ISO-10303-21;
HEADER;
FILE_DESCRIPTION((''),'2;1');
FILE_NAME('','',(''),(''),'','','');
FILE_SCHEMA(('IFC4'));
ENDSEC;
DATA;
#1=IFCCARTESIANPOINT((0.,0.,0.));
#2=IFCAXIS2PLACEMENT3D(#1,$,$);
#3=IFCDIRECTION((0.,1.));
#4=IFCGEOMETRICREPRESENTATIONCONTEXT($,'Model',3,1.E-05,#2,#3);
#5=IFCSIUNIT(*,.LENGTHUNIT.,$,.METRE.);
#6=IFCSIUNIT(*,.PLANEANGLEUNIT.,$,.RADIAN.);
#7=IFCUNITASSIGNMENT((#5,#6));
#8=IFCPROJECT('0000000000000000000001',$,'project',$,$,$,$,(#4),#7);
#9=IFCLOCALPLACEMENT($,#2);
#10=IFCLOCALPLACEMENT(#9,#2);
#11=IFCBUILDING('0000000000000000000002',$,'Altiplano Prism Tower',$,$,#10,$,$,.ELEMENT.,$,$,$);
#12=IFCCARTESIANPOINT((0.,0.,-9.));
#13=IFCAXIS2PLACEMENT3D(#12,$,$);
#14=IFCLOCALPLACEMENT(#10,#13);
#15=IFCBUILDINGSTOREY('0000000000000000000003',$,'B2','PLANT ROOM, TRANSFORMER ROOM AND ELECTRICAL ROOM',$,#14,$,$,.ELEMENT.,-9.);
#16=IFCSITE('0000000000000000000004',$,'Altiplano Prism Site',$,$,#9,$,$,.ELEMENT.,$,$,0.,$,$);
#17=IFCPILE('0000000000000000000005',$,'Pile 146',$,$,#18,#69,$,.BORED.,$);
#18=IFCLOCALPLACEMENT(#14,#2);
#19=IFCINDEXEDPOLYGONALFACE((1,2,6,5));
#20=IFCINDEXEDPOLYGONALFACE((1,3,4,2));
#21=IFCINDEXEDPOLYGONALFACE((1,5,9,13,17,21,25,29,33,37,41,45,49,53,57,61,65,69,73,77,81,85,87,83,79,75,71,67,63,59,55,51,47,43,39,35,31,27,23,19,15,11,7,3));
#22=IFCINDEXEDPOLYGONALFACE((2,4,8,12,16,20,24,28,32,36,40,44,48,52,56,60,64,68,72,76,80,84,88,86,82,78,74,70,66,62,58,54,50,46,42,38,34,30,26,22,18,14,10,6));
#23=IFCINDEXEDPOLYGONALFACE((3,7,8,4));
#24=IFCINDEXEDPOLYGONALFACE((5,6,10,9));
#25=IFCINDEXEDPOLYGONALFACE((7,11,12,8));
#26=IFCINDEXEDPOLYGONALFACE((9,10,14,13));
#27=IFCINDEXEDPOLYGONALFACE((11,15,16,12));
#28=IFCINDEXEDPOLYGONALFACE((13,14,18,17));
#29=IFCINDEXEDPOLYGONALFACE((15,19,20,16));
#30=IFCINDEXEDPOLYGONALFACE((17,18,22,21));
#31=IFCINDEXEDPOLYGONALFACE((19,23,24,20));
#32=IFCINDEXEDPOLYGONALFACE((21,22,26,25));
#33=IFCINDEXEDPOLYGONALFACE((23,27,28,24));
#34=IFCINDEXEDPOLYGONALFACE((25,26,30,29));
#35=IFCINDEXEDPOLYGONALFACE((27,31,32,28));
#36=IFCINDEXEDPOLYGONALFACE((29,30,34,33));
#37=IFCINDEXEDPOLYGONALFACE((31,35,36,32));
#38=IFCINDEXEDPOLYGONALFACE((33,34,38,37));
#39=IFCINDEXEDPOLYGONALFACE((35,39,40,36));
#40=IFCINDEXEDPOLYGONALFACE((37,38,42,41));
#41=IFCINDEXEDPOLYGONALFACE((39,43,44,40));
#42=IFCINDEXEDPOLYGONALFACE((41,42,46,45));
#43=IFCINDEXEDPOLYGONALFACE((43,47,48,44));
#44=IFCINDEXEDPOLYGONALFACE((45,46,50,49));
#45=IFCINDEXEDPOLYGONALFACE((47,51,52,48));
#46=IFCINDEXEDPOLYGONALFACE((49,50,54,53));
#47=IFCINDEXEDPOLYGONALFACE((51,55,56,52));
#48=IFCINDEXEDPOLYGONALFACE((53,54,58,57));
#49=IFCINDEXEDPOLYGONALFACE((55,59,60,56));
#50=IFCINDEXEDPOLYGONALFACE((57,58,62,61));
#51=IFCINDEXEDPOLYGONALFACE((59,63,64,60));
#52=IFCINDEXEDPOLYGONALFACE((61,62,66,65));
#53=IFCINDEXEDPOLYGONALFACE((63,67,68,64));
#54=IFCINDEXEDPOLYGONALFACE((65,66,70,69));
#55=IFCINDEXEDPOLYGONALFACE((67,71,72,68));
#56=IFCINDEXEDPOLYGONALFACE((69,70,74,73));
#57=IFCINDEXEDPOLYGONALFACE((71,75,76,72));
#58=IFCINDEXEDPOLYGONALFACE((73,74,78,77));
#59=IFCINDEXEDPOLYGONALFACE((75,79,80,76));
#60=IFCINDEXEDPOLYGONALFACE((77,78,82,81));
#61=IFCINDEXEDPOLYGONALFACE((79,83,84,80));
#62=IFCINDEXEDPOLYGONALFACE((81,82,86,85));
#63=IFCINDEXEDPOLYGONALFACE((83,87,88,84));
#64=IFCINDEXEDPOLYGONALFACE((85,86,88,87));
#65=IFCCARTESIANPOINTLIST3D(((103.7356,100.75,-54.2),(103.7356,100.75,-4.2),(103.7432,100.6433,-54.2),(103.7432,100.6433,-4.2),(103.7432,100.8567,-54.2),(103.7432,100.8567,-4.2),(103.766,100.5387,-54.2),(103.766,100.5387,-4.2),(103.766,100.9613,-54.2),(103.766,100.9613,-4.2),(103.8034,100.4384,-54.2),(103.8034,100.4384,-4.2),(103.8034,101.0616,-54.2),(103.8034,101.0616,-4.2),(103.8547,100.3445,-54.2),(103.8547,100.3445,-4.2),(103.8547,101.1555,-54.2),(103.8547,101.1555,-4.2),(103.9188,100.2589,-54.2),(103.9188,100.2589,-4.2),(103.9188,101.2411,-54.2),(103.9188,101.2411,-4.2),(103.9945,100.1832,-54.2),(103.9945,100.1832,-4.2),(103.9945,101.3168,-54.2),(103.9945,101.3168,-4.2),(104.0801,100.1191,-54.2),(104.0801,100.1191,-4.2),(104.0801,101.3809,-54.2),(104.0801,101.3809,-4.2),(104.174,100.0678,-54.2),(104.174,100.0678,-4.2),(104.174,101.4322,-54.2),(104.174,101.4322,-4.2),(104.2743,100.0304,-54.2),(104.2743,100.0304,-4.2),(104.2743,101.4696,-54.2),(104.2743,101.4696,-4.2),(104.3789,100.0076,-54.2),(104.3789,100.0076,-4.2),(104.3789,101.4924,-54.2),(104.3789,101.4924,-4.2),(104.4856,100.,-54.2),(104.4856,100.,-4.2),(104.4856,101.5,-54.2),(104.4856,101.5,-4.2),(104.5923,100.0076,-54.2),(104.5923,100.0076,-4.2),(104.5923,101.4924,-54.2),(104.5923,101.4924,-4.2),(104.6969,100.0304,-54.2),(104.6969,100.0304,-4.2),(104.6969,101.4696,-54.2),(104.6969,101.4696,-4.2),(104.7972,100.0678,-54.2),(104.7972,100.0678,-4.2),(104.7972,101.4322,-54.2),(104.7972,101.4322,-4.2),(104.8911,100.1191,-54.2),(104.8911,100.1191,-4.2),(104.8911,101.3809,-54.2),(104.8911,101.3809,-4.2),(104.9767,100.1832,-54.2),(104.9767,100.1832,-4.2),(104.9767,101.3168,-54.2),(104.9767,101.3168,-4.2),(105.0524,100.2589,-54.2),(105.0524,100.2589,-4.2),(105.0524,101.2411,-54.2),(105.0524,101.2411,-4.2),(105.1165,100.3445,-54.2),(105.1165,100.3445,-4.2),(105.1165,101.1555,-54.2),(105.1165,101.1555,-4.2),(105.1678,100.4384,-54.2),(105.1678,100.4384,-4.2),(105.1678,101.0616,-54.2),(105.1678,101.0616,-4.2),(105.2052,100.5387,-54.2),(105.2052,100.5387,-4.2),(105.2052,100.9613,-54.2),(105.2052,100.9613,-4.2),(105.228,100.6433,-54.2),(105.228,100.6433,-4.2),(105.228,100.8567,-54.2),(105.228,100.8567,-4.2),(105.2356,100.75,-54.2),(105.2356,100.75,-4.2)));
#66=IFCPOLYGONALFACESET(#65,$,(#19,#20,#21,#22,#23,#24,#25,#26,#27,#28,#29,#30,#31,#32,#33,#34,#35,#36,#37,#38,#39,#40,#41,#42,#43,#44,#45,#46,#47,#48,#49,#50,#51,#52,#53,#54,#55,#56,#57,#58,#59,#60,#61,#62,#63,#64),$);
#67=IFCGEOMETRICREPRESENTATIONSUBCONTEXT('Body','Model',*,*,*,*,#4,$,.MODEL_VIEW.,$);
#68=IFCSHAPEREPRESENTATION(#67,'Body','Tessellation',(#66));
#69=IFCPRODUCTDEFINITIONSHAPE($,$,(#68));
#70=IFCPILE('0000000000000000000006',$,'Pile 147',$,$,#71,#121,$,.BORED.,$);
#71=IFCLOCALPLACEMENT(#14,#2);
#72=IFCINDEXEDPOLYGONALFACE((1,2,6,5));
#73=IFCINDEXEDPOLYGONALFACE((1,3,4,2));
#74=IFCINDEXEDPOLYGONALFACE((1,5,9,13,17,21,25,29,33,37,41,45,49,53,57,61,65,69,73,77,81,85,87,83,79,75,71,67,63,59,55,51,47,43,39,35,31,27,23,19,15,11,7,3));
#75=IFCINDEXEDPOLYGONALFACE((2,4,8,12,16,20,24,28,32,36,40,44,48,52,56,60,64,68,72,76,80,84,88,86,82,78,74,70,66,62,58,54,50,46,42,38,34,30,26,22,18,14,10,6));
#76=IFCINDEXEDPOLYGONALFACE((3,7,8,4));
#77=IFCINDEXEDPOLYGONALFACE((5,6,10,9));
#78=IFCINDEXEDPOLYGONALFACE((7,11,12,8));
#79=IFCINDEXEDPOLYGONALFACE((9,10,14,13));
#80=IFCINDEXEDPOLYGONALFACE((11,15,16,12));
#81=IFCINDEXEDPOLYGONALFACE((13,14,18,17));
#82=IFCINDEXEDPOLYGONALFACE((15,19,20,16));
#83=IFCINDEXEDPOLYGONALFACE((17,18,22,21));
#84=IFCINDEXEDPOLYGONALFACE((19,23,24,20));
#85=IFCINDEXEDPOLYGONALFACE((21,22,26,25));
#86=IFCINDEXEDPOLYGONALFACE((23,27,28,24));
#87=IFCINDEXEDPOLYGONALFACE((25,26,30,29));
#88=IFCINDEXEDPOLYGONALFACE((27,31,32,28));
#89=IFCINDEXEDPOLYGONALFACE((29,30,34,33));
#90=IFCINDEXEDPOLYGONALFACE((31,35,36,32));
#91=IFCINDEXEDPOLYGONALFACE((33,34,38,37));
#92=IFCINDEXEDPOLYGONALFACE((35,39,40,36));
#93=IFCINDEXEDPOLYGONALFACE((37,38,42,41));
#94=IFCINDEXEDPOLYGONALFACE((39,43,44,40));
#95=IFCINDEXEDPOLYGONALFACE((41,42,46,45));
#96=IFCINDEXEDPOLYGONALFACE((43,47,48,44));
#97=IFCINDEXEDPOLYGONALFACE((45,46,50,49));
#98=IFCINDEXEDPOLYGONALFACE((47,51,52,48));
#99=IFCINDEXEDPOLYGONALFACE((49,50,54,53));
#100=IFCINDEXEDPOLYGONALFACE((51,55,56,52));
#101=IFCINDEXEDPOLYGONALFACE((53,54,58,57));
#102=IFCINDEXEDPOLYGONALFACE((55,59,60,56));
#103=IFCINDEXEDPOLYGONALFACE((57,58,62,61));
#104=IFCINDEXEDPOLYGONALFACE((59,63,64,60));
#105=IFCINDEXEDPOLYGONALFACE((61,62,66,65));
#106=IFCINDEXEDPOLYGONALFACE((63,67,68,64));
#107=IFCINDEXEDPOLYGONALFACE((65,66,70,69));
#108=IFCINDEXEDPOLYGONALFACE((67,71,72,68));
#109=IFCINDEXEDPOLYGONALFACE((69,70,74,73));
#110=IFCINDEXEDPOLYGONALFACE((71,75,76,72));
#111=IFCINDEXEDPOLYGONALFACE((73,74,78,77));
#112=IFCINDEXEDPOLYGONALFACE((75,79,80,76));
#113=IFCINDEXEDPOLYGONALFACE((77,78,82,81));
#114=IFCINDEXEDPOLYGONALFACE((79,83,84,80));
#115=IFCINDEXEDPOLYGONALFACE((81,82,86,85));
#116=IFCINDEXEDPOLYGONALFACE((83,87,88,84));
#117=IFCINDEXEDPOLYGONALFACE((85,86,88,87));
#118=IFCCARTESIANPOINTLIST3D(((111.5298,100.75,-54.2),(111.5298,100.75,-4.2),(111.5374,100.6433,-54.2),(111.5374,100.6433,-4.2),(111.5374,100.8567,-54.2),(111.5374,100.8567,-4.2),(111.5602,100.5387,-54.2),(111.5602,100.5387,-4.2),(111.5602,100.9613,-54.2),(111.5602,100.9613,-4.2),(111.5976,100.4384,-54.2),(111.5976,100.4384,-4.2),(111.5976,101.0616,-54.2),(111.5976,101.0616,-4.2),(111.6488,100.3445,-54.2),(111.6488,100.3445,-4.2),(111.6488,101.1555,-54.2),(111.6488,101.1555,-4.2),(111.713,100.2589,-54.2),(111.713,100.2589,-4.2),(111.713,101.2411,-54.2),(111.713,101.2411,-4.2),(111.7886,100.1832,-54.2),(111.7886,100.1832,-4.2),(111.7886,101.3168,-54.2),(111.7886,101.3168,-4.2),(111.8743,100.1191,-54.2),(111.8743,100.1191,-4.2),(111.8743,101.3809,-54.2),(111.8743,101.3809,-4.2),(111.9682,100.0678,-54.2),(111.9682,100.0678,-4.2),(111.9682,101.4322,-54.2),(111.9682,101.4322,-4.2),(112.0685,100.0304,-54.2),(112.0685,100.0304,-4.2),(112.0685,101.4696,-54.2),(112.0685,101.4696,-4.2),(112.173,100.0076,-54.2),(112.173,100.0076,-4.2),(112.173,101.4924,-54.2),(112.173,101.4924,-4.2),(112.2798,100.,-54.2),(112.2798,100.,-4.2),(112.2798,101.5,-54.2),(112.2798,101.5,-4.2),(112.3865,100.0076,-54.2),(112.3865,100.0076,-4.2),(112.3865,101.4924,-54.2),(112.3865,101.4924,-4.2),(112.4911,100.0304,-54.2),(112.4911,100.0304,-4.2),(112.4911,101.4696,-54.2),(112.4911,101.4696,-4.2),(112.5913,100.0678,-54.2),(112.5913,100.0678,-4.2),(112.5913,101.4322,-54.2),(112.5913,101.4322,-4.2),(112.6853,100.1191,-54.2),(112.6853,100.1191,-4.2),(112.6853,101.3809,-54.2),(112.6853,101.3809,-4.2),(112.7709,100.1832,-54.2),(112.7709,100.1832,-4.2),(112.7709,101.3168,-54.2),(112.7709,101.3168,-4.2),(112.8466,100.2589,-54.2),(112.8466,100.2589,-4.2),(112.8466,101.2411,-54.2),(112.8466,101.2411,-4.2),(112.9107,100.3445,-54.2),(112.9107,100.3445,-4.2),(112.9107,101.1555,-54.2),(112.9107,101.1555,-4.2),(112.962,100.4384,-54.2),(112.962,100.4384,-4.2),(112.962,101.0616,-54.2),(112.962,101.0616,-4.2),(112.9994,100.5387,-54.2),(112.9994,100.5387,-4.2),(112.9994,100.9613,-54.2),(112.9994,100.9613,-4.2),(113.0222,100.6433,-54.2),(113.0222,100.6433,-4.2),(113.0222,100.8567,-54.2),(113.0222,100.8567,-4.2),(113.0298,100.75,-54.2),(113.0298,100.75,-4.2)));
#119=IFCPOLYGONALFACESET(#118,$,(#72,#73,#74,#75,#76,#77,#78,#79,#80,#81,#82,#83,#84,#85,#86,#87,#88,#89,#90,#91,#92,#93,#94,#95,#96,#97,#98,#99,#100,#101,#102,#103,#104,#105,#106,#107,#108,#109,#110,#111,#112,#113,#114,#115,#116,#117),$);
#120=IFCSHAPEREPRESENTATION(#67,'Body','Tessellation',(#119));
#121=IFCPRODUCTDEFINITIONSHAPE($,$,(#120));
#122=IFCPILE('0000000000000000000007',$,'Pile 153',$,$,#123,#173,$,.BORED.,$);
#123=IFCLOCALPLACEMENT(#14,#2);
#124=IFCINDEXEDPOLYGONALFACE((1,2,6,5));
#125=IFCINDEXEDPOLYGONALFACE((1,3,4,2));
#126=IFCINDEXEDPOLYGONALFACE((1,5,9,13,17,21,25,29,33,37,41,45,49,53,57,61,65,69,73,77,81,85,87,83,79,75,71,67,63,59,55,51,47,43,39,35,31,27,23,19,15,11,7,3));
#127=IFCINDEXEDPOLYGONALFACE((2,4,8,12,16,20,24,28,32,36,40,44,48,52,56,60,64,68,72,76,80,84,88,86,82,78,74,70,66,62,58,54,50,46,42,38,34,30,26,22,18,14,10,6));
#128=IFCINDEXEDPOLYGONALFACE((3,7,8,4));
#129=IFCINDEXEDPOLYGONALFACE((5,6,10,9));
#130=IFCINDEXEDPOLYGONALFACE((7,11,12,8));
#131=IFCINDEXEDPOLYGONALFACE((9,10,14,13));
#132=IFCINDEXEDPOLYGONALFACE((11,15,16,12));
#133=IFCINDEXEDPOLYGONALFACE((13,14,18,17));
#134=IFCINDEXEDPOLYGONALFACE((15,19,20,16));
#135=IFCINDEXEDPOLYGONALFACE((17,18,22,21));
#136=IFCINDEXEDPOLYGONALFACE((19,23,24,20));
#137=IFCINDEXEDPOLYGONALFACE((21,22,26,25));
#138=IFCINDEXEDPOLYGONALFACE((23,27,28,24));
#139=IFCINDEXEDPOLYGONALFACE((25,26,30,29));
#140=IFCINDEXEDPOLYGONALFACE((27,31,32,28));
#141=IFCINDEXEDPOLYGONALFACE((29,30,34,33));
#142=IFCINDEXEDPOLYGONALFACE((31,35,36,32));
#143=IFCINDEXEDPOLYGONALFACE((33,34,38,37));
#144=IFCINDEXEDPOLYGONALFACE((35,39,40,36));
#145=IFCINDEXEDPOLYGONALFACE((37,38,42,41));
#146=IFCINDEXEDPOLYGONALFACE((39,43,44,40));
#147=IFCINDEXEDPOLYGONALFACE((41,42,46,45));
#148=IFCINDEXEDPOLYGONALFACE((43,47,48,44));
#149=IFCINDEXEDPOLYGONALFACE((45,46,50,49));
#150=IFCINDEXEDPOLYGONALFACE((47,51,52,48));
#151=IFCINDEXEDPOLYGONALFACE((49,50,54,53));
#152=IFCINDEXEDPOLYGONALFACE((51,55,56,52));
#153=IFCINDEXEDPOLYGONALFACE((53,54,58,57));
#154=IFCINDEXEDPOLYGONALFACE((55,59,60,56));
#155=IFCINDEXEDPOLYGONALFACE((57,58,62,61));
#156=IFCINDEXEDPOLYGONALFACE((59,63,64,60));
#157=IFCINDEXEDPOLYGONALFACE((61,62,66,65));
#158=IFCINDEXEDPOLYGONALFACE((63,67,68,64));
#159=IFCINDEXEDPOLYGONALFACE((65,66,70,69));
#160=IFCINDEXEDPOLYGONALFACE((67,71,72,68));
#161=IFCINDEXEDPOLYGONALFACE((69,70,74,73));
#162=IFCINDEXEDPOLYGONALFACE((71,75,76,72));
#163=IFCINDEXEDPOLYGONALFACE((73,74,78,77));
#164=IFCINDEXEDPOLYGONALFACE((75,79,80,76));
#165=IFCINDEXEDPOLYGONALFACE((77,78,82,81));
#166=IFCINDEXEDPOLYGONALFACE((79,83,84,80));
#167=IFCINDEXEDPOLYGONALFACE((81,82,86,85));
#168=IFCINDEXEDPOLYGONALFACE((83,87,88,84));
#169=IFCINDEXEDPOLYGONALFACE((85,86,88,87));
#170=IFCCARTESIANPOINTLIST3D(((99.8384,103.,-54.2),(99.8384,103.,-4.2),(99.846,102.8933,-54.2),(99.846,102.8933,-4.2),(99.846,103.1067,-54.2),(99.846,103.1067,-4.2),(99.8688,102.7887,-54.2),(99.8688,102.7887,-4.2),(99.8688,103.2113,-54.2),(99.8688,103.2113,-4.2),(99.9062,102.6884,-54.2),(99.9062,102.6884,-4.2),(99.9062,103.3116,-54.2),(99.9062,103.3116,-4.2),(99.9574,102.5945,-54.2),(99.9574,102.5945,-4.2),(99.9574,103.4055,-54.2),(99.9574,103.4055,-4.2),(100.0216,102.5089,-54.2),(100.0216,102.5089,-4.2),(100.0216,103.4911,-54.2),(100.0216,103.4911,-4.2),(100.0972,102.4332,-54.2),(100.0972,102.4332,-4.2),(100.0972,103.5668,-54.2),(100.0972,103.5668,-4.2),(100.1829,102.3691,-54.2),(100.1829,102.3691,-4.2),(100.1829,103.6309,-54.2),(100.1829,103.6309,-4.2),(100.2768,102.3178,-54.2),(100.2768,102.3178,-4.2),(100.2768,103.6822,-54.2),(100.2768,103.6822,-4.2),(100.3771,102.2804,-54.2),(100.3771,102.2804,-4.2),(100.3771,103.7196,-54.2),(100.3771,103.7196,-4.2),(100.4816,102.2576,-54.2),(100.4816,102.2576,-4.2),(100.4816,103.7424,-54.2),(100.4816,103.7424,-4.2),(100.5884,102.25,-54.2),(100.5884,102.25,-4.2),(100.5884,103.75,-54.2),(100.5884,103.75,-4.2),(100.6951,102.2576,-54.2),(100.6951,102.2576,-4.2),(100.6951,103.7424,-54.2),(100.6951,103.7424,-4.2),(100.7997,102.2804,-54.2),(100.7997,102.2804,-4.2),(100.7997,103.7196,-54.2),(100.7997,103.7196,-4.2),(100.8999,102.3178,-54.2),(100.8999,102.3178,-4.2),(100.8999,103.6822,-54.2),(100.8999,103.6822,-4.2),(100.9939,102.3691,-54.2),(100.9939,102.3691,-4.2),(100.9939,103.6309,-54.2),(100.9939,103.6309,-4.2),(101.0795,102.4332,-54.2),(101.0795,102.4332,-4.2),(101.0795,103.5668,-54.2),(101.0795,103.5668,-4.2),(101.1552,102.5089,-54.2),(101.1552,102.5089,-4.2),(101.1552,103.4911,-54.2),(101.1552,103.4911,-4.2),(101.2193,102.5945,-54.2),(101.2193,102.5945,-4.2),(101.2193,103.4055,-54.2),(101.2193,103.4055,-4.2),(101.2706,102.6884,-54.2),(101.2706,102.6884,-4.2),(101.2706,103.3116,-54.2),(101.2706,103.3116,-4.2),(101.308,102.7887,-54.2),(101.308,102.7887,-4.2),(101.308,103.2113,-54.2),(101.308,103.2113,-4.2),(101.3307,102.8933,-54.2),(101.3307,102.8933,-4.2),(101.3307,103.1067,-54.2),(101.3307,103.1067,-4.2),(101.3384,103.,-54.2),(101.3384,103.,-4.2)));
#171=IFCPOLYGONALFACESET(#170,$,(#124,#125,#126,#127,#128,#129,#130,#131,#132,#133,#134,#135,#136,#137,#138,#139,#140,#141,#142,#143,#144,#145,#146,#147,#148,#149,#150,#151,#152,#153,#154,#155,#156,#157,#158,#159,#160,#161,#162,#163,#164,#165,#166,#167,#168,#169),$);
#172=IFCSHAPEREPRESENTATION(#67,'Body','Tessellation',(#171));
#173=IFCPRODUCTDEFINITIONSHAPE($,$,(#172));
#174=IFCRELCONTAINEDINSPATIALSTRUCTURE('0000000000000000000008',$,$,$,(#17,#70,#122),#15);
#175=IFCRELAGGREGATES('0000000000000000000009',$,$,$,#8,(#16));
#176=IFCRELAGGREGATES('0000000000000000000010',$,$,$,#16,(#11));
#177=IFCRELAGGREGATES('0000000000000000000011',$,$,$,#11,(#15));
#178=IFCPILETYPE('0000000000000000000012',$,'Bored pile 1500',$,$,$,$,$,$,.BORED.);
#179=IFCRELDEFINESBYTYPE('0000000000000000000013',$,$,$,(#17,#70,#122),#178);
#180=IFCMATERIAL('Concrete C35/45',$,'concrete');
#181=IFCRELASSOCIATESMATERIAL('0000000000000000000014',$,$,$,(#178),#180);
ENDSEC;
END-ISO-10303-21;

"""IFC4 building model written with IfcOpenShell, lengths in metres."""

from ifc_helpers import new_model, si_unit, direction, frame, origin, origin_2d, place, context, subcontext, project, spatial, circle, extrude, material, material_profile, profile_set, type_object, element, save


model = new_model("IFC4")

# Units and contexts
model_context = context("Model", 3, precision=1e-05, world=origin(), true_north=direction((0.0, 1.0)))
body_context = subcontext(model_context, "Body", "Model", "MODEL_VIEW")
ifc_project = project(units=[si_unit("LENGTHUNIT", "METRE"), si_unit("PLANEANGLEUNIT", "RADIAN")], contexts=[model_context])

# Site, building, storey
site_placement = place(None, origin())
site = spatial("IfcSite", under=ifc_project, at=site_placement, Name="Altiplano Prism Site", CompositionType="ELEMENT", RefElevation=0.0)
building_placement = place(site_placement, origin())
building = spatial("IfcBuilding", under=site, at=building_placement, Name="Altiplano Prism Tower", CompositionType="ELEMENT")
storey_placement = place(building_placement, frame((0.0, 0.0, -9.0)))
storey = spatial("IfcBuildingStorey", under=building, at=storey_placement, Name="B2", Description="PLANT ROOM, TRANSFORMER ROOM AND ELECTRICAL ROOM", CompositionType="ELEMENT", Elevation=-9.0)

# Piles
ifc_material_1 = material(Name="Concrete C35/45", Category="concrete")
ifc_material_profile_1 = material_profile(ifc_material_1, circle(Radius=0.75, at=origin_2d()), Name="Bored pile 1500")
ifc_profile_set_1 = profile_set([ifc_material_profile_1], Name="Concrete C35/45")
pile_type = type_object("IfcPileType", Name="Bored pile 1500", PredefinedType="BORED", material=ifc_profile_set_1)
for number, where, z_axis, x_axis, name in (
    (1, (104.4856, 100.75, -4.2), (0.0, 0.0, -1.0), (1.0, 0.0, 0.0), "Pile 146"),
    (2, (112.2798, 100.75, -4.2), (0.0, 0.0, -1.0), (1.0, 0.0, 0.0), "Pile 147"),
    (3, (100.5884, 103.0, -4.2), (0.0, 0.0, -1.0), (1.0, 0.0, 0.0), "Pile 153"),
):
    element("IfcPile", number, at=place(storey_placement, frame(where, z_axis=z_axis, x_axis=x_axis)), inside=storey, type_object=pile_type, Name=name, PredefinedType="BORED", context=body_context, shape_type="SweptSolid", body=[
        extrude(circle(Radius=0.75, at=origin_2d()), origin(), (0.0, 0.0, 1.0), 50.0),
    ])

save(model, "model.ifc")
